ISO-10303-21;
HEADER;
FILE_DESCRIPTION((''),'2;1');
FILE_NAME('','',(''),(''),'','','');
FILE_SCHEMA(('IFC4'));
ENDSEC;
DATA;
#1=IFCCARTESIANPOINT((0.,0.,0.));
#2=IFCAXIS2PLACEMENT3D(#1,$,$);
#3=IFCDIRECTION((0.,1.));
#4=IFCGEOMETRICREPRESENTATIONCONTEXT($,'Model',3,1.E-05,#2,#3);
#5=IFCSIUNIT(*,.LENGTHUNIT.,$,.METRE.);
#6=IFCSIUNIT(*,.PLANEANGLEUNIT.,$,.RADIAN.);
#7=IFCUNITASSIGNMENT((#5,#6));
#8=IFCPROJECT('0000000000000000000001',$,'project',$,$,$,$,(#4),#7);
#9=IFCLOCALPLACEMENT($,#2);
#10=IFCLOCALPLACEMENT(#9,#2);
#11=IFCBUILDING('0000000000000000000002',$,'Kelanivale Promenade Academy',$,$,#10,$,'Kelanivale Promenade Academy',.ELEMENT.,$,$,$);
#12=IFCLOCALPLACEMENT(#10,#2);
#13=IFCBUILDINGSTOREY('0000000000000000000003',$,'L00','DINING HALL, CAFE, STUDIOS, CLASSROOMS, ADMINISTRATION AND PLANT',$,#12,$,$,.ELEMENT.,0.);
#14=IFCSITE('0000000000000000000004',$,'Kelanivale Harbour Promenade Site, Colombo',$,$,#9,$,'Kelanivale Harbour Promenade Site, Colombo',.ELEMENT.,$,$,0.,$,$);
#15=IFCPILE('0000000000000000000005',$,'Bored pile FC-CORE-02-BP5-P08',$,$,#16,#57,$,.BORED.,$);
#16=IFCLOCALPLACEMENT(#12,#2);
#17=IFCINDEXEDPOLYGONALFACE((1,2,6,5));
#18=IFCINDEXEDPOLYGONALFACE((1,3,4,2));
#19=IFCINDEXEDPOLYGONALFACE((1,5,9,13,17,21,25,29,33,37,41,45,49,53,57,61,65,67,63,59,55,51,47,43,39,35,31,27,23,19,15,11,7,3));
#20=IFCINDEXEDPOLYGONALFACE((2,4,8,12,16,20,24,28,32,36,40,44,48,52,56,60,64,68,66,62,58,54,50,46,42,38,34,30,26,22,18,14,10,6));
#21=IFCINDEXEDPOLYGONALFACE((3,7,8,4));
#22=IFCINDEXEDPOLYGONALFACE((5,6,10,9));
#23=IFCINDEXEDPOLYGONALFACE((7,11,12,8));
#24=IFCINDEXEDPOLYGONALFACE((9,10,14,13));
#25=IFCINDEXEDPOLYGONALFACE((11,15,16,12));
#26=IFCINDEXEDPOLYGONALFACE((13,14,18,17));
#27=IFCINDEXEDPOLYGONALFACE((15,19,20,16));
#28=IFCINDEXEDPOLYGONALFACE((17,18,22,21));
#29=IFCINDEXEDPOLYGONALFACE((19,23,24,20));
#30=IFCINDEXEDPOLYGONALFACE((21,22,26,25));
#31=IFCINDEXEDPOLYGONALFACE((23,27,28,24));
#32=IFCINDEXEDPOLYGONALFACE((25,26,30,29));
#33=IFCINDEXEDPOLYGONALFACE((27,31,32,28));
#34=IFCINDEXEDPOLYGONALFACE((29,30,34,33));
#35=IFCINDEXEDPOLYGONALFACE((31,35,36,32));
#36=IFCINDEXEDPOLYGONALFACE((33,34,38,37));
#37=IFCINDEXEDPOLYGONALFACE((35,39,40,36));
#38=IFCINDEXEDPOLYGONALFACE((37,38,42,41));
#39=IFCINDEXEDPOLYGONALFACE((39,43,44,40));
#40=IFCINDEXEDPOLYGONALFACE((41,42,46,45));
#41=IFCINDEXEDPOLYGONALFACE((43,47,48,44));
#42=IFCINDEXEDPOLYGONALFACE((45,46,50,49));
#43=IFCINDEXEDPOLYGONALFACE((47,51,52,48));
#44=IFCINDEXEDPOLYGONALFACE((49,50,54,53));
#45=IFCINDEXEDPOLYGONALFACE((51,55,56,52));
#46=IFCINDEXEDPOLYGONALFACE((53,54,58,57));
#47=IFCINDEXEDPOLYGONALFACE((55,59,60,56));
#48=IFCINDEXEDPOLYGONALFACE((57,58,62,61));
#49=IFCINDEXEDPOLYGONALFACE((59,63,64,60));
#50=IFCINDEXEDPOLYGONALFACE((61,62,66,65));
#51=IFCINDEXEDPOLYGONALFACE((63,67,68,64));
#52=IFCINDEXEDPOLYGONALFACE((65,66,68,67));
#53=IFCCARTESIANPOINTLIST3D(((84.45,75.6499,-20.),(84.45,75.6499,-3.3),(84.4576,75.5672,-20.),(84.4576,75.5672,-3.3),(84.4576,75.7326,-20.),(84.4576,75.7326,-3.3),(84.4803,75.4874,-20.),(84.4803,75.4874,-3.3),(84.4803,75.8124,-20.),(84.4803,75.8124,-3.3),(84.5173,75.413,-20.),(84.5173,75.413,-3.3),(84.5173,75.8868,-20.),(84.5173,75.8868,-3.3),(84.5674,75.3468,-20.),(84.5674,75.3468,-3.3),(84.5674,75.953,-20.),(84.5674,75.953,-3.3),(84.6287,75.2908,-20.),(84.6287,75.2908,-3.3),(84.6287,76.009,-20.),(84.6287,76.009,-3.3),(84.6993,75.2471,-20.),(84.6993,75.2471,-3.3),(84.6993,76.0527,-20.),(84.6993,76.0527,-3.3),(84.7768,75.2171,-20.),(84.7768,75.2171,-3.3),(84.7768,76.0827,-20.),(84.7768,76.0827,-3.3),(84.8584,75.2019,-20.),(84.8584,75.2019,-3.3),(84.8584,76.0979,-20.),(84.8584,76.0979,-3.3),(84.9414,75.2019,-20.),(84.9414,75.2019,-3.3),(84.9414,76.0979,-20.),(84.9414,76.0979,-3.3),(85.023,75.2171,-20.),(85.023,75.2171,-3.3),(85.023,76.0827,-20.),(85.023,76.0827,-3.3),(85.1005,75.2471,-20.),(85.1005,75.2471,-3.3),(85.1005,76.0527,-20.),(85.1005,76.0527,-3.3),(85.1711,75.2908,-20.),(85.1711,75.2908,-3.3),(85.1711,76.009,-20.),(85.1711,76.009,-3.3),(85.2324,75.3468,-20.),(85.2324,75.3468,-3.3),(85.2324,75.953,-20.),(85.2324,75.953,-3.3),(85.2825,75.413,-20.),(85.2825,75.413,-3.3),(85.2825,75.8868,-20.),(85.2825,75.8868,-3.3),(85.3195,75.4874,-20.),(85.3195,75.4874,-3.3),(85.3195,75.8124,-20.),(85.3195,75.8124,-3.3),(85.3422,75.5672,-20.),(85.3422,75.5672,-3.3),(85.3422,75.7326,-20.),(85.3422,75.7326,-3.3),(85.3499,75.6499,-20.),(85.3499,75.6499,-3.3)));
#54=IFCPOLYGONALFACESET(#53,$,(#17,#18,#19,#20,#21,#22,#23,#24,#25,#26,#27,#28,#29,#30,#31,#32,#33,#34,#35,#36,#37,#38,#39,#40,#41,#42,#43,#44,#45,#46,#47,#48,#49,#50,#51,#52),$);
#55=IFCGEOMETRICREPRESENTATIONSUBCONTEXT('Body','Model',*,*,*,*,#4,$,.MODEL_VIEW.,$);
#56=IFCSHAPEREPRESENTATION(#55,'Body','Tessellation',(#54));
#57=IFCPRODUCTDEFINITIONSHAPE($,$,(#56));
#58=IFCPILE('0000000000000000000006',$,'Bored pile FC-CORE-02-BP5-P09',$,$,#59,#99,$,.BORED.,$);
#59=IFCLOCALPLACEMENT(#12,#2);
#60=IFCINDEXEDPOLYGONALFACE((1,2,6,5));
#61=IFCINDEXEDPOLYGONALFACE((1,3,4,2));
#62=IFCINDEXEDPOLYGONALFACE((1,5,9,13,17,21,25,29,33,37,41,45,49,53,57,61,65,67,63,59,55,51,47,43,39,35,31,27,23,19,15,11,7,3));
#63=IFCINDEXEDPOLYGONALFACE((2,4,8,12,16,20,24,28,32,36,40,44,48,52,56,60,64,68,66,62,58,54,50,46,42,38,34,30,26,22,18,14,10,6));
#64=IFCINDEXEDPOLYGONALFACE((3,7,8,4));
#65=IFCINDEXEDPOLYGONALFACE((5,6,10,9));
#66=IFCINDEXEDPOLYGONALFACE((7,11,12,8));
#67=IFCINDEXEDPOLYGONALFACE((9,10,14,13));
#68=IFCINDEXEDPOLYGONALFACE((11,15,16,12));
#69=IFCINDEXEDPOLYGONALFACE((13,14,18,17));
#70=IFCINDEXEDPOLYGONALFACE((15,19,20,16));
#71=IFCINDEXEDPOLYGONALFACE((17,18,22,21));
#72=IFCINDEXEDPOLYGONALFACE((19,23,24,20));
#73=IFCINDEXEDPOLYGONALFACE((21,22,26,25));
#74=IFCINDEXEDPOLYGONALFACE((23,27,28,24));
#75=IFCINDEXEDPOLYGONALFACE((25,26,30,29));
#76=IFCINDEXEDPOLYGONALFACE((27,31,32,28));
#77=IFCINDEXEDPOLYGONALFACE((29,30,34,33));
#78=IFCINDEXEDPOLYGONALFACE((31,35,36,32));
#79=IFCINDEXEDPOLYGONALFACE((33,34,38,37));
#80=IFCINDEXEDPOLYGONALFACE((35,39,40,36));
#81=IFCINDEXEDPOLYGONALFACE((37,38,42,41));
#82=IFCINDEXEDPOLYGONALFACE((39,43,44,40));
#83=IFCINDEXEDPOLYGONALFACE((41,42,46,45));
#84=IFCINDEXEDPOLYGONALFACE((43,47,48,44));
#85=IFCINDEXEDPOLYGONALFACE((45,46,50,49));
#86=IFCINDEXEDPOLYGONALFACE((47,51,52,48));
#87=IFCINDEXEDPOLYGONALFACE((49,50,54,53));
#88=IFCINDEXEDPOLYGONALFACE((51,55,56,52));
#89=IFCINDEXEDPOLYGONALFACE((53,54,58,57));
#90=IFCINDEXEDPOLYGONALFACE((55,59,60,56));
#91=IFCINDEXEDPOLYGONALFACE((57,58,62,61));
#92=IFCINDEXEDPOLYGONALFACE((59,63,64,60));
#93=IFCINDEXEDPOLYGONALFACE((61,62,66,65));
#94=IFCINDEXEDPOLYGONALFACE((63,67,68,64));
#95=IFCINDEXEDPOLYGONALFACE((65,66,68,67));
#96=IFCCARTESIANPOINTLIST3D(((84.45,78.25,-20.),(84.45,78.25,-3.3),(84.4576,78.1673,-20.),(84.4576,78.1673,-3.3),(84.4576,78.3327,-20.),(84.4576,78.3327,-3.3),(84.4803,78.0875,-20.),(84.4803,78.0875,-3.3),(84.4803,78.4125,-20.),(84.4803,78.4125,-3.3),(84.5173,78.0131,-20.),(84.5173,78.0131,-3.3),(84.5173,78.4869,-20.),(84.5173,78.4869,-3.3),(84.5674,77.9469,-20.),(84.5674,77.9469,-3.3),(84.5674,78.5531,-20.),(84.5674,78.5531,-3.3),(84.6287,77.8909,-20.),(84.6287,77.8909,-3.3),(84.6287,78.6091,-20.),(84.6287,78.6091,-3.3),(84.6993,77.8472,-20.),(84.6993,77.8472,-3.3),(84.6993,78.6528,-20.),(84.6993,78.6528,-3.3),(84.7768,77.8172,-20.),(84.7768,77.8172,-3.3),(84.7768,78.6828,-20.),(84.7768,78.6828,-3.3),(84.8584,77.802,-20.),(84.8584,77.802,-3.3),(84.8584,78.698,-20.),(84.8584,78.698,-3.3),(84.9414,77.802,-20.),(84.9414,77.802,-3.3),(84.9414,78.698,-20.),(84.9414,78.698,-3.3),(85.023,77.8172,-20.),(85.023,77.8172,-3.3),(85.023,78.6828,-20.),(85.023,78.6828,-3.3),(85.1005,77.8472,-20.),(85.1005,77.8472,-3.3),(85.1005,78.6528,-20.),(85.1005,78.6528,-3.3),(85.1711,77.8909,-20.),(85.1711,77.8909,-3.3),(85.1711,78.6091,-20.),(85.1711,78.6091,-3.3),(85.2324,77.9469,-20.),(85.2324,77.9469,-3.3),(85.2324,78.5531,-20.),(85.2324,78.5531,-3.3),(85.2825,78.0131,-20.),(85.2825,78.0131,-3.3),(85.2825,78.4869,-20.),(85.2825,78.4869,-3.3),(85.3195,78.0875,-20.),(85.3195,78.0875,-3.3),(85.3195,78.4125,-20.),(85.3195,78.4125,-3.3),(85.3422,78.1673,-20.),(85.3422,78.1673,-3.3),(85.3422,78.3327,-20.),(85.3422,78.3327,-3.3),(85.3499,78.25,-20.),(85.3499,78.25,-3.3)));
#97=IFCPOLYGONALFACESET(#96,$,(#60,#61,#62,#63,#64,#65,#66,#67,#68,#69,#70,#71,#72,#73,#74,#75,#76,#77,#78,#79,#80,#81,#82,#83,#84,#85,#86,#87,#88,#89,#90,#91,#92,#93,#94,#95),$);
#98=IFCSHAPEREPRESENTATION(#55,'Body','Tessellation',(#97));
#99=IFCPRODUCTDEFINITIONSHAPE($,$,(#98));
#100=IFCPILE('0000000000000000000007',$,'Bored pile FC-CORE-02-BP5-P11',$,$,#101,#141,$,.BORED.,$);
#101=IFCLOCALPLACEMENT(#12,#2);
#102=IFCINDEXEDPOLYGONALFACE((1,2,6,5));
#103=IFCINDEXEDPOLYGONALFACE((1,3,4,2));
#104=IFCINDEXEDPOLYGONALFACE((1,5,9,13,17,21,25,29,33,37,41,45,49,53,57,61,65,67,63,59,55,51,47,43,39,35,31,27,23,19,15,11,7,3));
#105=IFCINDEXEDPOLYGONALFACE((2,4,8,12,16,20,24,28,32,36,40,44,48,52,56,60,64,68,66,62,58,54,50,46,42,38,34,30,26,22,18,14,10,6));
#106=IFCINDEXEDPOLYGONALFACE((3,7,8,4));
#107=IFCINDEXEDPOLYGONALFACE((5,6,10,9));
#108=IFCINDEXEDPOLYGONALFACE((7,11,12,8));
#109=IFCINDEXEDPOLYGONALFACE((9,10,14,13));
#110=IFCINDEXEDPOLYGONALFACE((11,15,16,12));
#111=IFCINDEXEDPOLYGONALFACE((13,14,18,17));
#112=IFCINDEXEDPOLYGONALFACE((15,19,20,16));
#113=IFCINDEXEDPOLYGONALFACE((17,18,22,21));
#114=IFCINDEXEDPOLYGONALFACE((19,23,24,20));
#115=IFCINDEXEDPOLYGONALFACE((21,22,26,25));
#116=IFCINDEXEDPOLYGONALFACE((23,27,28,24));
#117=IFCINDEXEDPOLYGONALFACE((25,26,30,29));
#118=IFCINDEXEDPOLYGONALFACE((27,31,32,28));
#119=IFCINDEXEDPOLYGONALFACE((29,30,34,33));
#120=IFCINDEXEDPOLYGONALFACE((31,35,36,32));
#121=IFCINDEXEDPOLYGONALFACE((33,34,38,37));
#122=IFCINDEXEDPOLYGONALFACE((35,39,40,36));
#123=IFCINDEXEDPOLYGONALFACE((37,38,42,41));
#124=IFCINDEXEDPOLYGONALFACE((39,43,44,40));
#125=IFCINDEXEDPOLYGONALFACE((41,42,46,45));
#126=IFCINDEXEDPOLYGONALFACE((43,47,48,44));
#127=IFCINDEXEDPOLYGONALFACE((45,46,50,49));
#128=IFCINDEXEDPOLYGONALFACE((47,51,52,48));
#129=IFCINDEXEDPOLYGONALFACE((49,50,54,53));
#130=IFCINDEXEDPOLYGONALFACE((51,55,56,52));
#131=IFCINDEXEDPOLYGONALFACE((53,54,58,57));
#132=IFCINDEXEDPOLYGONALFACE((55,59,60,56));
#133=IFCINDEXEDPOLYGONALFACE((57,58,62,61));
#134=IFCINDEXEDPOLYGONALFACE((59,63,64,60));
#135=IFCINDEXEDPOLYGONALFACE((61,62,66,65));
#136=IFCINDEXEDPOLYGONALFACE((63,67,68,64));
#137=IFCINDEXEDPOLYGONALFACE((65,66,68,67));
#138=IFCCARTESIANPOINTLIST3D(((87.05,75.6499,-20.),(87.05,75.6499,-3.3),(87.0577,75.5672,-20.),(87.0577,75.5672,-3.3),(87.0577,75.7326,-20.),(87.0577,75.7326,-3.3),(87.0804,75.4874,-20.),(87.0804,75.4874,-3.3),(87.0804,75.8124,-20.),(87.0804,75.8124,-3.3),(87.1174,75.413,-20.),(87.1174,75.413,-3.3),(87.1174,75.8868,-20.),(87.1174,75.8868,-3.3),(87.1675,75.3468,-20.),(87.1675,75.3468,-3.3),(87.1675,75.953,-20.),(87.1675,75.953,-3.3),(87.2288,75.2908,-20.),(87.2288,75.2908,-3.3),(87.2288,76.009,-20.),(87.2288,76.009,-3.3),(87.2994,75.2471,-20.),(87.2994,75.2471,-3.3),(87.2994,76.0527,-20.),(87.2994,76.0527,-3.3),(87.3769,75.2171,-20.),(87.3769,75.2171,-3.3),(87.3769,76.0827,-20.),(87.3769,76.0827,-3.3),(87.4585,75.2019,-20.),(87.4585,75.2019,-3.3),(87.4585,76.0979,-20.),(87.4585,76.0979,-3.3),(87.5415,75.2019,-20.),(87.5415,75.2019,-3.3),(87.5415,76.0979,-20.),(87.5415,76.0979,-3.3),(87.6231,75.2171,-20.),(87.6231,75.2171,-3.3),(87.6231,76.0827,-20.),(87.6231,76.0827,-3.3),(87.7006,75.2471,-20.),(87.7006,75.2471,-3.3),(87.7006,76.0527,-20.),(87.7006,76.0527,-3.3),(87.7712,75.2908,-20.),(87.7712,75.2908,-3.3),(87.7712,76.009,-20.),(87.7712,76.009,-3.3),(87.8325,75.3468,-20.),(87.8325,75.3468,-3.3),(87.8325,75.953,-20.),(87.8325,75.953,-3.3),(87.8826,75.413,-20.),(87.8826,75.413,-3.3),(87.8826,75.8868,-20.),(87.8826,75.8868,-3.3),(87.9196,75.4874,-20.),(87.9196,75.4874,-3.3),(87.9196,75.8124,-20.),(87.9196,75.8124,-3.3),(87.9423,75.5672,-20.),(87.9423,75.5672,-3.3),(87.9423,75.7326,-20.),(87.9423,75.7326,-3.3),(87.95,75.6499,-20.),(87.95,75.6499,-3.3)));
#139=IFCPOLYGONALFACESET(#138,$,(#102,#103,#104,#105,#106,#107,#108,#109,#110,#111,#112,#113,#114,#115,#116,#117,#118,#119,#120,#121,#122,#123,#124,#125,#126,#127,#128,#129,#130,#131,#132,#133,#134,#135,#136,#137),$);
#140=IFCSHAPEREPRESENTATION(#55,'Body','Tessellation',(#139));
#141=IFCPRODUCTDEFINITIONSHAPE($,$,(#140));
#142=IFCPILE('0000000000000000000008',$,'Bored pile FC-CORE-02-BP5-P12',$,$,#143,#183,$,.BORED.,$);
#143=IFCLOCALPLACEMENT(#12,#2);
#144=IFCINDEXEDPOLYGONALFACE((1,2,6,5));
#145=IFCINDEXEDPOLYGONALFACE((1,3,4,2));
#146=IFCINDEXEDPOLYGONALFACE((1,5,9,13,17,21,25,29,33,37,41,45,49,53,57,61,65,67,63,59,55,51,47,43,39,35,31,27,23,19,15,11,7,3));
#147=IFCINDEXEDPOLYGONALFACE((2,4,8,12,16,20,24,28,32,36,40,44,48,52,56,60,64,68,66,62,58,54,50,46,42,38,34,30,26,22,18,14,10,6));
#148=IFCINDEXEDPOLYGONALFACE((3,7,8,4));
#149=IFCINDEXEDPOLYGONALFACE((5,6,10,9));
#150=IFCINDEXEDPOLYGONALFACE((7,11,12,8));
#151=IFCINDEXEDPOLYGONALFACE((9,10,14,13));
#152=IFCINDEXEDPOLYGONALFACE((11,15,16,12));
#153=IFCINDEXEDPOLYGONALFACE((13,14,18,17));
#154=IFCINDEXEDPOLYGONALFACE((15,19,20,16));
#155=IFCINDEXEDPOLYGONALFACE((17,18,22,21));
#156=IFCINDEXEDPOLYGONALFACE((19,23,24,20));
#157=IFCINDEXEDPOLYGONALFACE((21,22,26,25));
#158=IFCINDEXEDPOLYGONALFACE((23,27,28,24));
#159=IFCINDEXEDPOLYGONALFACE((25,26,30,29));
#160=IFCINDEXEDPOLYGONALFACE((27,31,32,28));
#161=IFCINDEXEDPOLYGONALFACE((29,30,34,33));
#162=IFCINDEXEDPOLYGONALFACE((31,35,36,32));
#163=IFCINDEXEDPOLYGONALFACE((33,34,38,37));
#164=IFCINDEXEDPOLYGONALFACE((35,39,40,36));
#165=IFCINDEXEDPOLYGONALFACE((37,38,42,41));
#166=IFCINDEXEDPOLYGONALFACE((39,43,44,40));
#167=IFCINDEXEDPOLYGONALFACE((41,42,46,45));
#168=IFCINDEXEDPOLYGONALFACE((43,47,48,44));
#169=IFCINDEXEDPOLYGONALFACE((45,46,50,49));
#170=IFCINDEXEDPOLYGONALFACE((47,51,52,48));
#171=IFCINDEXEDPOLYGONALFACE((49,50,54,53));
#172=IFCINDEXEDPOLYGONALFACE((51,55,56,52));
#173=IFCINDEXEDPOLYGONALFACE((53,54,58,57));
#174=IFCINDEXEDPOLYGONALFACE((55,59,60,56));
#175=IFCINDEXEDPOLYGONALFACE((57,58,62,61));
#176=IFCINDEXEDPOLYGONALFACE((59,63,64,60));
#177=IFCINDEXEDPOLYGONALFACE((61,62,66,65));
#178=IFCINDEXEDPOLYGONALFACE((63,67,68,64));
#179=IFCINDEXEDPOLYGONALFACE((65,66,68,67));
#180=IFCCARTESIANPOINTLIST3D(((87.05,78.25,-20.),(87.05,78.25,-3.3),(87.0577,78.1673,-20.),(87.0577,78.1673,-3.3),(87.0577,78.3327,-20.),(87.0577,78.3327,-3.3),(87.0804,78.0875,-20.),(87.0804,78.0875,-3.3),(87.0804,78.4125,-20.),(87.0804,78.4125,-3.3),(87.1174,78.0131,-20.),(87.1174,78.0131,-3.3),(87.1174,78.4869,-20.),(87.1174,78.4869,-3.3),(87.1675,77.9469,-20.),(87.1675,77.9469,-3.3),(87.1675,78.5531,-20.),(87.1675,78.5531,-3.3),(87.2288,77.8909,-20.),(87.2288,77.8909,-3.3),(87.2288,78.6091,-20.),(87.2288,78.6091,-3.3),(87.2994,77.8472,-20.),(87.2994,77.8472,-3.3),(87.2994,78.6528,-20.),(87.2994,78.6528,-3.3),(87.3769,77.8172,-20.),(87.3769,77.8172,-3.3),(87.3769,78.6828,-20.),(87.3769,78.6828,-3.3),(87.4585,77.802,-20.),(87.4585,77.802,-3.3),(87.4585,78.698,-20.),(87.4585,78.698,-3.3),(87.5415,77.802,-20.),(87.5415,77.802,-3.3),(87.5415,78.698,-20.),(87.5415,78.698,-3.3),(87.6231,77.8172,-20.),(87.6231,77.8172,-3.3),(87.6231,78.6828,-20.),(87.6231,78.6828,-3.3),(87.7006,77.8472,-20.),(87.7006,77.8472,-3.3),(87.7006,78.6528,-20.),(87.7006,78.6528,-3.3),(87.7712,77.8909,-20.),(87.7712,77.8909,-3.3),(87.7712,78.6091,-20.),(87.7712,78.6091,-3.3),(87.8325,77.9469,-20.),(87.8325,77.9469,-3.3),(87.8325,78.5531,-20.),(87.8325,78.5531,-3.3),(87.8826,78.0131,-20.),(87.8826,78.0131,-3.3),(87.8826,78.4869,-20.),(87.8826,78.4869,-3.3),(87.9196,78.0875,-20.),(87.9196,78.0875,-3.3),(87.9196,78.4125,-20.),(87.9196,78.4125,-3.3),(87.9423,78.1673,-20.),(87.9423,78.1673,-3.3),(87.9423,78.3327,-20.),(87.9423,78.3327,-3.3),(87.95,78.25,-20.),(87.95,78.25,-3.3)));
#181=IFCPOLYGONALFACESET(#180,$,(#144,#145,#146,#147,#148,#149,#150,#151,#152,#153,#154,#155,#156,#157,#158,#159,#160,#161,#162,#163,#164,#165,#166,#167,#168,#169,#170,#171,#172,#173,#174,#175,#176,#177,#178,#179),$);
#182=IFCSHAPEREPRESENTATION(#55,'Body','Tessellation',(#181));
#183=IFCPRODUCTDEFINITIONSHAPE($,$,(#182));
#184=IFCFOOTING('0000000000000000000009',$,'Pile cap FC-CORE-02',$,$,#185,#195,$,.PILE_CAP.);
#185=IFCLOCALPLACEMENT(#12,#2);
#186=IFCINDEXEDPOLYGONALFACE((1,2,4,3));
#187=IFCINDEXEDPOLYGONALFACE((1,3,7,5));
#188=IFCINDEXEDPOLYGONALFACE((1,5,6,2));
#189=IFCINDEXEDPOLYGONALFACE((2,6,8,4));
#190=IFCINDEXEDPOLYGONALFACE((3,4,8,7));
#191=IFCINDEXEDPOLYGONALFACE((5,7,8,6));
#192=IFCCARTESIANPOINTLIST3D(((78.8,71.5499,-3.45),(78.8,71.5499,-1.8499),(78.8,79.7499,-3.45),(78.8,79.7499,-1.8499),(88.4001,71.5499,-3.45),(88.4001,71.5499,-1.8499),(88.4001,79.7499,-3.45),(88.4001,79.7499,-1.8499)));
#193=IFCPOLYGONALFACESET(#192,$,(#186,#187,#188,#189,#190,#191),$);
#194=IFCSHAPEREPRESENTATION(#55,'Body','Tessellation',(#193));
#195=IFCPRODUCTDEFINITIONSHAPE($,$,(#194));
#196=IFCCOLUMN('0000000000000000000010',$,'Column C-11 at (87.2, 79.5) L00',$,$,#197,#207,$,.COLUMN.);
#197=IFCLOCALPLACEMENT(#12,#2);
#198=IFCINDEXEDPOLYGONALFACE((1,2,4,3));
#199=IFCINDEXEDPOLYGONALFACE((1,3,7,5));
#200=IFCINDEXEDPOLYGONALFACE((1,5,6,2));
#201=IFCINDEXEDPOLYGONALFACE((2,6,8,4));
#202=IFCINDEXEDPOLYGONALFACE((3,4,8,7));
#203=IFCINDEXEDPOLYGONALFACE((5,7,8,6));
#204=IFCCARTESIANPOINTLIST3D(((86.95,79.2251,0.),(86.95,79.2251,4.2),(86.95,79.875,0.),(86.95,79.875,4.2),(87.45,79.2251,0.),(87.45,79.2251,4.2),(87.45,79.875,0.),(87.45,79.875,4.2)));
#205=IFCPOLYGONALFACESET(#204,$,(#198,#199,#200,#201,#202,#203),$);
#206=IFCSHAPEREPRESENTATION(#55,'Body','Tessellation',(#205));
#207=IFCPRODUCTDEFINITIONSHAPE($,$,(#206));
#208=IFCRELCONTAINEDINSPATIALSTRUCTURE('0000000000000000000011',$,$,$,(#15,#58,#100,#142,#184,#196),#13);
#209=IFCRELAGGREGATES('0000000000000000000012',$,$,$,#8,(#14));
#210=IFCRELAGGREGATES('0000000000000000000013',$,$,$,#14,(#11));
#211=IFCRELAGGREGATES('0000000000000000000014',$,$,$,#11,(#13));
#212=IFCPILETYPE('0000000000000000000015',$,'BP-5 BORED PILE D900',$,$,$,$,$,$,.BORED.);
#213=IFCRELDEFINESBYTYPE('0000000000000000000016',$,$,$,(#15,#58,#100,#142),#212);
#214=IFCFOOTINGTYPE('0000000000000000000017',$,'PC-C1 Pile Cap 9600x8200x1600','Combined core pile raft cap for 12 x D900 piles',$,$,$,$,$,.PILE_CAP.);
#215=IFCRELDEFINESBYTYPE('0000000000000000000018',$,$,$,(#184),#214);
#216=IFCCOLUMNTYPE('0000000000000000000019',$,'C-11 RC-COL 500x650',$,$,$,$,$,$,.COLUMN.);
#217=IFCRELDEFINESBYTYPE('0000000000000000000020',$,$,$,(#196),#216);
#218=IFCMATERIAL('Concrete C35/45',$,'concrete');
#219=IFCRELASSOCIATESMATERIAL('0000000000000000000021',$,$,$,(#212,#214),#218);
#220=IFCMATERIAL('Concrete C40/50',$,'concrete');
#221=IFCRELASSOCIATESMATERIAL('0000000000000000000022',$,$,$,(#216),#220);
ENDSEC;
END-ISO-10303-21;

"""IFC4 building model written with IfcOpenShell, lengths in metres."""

from ifc_helpers import new_model, si_unit, direction, frame, origin, origin_2d, place, context, subcontext, project, spatial, rectangle, circle, extrude, material, material_profile, profile_set, type_object, element, save


model = new_model("IFC4")

# Units and contexts
model_context = context("Model", 3, precision=1e-05, world=origin(), true_north=direction((0.0, 1.0)))
body_context = subcontext(model_context, "Body", "Model", "MODEL_VIEW")
ifc_project = project(units=[si_unit("LENGTHUNIT", "METRE"), si_unit("PLANEANGLEUNIT", "RADIAN")], contexts=[model_context])

# Site, building, storey
site_placement = place(None, origin())
site = spatial("IfcSite", under=ifc_project, at=site_placement, Name="Kelanivale Harbour Promenade Site, Colombo", LongName="Kelanivale Harbour Promenade Site, Colombo", CompositionType="ELEMENT", RefElevation=0.0)
building_placement = place(site_placement, origin())
building = spatial("IfcBuilding", under=site, at=building_placement, Name="Kelanivale Promenade Academy", LongName="Kelanivale Promenade Academy", CompositionType="ELEMENT")
storey_placement = place(building_placement, origin())
storey = spatial("IfcBuildingStorey", under=building, at=storey_placement, Name="L00", Description="DINING HALL, CAFE, STUDIOS, CLASSROOMS, ADMINISTRATION AND PLANT", CompositionType="ELEMENT", Elevation=0.0)

# Piles
ifc_material_1 = material(Name="Concrete C35/45", Category="concrete")
ifc_material_profile_1 = material_profile(ifc_material_1, circle(Radius=0.45, at=origin_2d()), Name="BORED PILE D900")
ifc_profile_set_1 = profile_set([ifc_material_profile_1], Name="Concrete C35/45")
pile_type = type_object("IfcPileType", Name="BP-5 BORED PILE D900", PredefinedType="BORED", material=ifc_profile_set_1)
for number, where, z_axis, x_axis, name in (
    (1, (84.8999, 75.6499, -3.3), (0.0, 0.0, -1.0), (1.0, 0.0, 0.0), "Bored pile FC-CORE-02-BP5-P08"),
    (2, (84.8999, 78.25, -3.3), (0.0, 0.0, -1.0), (1.0, 0.0, 0.0), "Bored pile FC-CORE-02-BP5-P09"),
    (3, (87.5, 75.6499, -3.3), (0.0, 0.0, -1.0), (1.0, 0.0, 0.0), "Bored pile FC-CORE-02-BP5-P11"),
    (4, (87.5, 78.25, -3.3), (0.0, 0.0, -1.0), (1.0, 0.0, 0.0), "Bored pile FC-CORE-02-BP5-P12"),
):
    element("IfcPile", number, at=place(storey_placement, frame(where, z_axis=z_axis, x_axis=x_axis)), inside=storey, type_object=pile_type, Name=name, PredefinedType="BORED", context=body_context, shape_type="SweptSolid", body=[
        extrude(circle(Radius=0.45, at=origin_2d()), origin(), (0.0, 0.0, 1.0), 16.7),
    ])

# Footing
footing_type = type_object("IfcFootingType", Name="PC-C1 Pile Cap 9600x8200x1600", Description="Combined core pile raft cap for 12 x D900 piles", PredefinedType="PILE_CAP", material=ifc_material_1)
footing_placement = place(storey_placement, frame((83.6001, 75.6499, -3.45), z_axis=(0.0, 0.0, 1.0), x_axis=(1.0, 0.0, 0.0)))
element("IfcFooting", 5, at=footing_placement, inside=storey, type_object=footing_type, Name="Pile cap FC-CORE-02", PredefinedType="PILE_CAP", context=body_context, shape_type="SweptSolid", body=[
    extrude(rectangle(XDim=9.6001, YDim=8.2, at=origin_2d()), origin(), (0.0, 0.0, 1.0), 1.6001),
])

# Column
ifc_material_2 = material(Name="Concrete C40/50", Category="concrete")
ifc_material_profile_2 = material_profile(ifc_material_2, rectangle(XDim=0.5, YDim=0.6499, at=origin_2d()), Name="RC-COL 500x650")
ifc_profile_set_2 = profile_set([ifc_material_profile_2], Name="Concrete C40/50")
column_type_1 = type_object("IfcColumnType", Name="C-11 RC-COL 500x650", PredefinedType="COLUMN", material=ifc_profile_set_2)
column_1_placement = place(storey_placement, frame((87.2, 79.55, 0.0), z_axis=(0.0, 0.0, 1.0), x_axis=(1.0, 0.0, 0.0)))
element("IfcColumn", 6, at=column_1_placement, inside=storey, type_object=column_type_1, Name="Column C-11 at (87.2, 79.5) L00", PredefinedType="COLUMN", context=body_context, shape_type="SweptSolid", body=[
    extrude(rectangle(XDim=0.5, YDim=0.6499, at=origin_2d()), origin(), (0.0, 0.0, 1.0), 4.2),
])

save(model, "model.ifc")
